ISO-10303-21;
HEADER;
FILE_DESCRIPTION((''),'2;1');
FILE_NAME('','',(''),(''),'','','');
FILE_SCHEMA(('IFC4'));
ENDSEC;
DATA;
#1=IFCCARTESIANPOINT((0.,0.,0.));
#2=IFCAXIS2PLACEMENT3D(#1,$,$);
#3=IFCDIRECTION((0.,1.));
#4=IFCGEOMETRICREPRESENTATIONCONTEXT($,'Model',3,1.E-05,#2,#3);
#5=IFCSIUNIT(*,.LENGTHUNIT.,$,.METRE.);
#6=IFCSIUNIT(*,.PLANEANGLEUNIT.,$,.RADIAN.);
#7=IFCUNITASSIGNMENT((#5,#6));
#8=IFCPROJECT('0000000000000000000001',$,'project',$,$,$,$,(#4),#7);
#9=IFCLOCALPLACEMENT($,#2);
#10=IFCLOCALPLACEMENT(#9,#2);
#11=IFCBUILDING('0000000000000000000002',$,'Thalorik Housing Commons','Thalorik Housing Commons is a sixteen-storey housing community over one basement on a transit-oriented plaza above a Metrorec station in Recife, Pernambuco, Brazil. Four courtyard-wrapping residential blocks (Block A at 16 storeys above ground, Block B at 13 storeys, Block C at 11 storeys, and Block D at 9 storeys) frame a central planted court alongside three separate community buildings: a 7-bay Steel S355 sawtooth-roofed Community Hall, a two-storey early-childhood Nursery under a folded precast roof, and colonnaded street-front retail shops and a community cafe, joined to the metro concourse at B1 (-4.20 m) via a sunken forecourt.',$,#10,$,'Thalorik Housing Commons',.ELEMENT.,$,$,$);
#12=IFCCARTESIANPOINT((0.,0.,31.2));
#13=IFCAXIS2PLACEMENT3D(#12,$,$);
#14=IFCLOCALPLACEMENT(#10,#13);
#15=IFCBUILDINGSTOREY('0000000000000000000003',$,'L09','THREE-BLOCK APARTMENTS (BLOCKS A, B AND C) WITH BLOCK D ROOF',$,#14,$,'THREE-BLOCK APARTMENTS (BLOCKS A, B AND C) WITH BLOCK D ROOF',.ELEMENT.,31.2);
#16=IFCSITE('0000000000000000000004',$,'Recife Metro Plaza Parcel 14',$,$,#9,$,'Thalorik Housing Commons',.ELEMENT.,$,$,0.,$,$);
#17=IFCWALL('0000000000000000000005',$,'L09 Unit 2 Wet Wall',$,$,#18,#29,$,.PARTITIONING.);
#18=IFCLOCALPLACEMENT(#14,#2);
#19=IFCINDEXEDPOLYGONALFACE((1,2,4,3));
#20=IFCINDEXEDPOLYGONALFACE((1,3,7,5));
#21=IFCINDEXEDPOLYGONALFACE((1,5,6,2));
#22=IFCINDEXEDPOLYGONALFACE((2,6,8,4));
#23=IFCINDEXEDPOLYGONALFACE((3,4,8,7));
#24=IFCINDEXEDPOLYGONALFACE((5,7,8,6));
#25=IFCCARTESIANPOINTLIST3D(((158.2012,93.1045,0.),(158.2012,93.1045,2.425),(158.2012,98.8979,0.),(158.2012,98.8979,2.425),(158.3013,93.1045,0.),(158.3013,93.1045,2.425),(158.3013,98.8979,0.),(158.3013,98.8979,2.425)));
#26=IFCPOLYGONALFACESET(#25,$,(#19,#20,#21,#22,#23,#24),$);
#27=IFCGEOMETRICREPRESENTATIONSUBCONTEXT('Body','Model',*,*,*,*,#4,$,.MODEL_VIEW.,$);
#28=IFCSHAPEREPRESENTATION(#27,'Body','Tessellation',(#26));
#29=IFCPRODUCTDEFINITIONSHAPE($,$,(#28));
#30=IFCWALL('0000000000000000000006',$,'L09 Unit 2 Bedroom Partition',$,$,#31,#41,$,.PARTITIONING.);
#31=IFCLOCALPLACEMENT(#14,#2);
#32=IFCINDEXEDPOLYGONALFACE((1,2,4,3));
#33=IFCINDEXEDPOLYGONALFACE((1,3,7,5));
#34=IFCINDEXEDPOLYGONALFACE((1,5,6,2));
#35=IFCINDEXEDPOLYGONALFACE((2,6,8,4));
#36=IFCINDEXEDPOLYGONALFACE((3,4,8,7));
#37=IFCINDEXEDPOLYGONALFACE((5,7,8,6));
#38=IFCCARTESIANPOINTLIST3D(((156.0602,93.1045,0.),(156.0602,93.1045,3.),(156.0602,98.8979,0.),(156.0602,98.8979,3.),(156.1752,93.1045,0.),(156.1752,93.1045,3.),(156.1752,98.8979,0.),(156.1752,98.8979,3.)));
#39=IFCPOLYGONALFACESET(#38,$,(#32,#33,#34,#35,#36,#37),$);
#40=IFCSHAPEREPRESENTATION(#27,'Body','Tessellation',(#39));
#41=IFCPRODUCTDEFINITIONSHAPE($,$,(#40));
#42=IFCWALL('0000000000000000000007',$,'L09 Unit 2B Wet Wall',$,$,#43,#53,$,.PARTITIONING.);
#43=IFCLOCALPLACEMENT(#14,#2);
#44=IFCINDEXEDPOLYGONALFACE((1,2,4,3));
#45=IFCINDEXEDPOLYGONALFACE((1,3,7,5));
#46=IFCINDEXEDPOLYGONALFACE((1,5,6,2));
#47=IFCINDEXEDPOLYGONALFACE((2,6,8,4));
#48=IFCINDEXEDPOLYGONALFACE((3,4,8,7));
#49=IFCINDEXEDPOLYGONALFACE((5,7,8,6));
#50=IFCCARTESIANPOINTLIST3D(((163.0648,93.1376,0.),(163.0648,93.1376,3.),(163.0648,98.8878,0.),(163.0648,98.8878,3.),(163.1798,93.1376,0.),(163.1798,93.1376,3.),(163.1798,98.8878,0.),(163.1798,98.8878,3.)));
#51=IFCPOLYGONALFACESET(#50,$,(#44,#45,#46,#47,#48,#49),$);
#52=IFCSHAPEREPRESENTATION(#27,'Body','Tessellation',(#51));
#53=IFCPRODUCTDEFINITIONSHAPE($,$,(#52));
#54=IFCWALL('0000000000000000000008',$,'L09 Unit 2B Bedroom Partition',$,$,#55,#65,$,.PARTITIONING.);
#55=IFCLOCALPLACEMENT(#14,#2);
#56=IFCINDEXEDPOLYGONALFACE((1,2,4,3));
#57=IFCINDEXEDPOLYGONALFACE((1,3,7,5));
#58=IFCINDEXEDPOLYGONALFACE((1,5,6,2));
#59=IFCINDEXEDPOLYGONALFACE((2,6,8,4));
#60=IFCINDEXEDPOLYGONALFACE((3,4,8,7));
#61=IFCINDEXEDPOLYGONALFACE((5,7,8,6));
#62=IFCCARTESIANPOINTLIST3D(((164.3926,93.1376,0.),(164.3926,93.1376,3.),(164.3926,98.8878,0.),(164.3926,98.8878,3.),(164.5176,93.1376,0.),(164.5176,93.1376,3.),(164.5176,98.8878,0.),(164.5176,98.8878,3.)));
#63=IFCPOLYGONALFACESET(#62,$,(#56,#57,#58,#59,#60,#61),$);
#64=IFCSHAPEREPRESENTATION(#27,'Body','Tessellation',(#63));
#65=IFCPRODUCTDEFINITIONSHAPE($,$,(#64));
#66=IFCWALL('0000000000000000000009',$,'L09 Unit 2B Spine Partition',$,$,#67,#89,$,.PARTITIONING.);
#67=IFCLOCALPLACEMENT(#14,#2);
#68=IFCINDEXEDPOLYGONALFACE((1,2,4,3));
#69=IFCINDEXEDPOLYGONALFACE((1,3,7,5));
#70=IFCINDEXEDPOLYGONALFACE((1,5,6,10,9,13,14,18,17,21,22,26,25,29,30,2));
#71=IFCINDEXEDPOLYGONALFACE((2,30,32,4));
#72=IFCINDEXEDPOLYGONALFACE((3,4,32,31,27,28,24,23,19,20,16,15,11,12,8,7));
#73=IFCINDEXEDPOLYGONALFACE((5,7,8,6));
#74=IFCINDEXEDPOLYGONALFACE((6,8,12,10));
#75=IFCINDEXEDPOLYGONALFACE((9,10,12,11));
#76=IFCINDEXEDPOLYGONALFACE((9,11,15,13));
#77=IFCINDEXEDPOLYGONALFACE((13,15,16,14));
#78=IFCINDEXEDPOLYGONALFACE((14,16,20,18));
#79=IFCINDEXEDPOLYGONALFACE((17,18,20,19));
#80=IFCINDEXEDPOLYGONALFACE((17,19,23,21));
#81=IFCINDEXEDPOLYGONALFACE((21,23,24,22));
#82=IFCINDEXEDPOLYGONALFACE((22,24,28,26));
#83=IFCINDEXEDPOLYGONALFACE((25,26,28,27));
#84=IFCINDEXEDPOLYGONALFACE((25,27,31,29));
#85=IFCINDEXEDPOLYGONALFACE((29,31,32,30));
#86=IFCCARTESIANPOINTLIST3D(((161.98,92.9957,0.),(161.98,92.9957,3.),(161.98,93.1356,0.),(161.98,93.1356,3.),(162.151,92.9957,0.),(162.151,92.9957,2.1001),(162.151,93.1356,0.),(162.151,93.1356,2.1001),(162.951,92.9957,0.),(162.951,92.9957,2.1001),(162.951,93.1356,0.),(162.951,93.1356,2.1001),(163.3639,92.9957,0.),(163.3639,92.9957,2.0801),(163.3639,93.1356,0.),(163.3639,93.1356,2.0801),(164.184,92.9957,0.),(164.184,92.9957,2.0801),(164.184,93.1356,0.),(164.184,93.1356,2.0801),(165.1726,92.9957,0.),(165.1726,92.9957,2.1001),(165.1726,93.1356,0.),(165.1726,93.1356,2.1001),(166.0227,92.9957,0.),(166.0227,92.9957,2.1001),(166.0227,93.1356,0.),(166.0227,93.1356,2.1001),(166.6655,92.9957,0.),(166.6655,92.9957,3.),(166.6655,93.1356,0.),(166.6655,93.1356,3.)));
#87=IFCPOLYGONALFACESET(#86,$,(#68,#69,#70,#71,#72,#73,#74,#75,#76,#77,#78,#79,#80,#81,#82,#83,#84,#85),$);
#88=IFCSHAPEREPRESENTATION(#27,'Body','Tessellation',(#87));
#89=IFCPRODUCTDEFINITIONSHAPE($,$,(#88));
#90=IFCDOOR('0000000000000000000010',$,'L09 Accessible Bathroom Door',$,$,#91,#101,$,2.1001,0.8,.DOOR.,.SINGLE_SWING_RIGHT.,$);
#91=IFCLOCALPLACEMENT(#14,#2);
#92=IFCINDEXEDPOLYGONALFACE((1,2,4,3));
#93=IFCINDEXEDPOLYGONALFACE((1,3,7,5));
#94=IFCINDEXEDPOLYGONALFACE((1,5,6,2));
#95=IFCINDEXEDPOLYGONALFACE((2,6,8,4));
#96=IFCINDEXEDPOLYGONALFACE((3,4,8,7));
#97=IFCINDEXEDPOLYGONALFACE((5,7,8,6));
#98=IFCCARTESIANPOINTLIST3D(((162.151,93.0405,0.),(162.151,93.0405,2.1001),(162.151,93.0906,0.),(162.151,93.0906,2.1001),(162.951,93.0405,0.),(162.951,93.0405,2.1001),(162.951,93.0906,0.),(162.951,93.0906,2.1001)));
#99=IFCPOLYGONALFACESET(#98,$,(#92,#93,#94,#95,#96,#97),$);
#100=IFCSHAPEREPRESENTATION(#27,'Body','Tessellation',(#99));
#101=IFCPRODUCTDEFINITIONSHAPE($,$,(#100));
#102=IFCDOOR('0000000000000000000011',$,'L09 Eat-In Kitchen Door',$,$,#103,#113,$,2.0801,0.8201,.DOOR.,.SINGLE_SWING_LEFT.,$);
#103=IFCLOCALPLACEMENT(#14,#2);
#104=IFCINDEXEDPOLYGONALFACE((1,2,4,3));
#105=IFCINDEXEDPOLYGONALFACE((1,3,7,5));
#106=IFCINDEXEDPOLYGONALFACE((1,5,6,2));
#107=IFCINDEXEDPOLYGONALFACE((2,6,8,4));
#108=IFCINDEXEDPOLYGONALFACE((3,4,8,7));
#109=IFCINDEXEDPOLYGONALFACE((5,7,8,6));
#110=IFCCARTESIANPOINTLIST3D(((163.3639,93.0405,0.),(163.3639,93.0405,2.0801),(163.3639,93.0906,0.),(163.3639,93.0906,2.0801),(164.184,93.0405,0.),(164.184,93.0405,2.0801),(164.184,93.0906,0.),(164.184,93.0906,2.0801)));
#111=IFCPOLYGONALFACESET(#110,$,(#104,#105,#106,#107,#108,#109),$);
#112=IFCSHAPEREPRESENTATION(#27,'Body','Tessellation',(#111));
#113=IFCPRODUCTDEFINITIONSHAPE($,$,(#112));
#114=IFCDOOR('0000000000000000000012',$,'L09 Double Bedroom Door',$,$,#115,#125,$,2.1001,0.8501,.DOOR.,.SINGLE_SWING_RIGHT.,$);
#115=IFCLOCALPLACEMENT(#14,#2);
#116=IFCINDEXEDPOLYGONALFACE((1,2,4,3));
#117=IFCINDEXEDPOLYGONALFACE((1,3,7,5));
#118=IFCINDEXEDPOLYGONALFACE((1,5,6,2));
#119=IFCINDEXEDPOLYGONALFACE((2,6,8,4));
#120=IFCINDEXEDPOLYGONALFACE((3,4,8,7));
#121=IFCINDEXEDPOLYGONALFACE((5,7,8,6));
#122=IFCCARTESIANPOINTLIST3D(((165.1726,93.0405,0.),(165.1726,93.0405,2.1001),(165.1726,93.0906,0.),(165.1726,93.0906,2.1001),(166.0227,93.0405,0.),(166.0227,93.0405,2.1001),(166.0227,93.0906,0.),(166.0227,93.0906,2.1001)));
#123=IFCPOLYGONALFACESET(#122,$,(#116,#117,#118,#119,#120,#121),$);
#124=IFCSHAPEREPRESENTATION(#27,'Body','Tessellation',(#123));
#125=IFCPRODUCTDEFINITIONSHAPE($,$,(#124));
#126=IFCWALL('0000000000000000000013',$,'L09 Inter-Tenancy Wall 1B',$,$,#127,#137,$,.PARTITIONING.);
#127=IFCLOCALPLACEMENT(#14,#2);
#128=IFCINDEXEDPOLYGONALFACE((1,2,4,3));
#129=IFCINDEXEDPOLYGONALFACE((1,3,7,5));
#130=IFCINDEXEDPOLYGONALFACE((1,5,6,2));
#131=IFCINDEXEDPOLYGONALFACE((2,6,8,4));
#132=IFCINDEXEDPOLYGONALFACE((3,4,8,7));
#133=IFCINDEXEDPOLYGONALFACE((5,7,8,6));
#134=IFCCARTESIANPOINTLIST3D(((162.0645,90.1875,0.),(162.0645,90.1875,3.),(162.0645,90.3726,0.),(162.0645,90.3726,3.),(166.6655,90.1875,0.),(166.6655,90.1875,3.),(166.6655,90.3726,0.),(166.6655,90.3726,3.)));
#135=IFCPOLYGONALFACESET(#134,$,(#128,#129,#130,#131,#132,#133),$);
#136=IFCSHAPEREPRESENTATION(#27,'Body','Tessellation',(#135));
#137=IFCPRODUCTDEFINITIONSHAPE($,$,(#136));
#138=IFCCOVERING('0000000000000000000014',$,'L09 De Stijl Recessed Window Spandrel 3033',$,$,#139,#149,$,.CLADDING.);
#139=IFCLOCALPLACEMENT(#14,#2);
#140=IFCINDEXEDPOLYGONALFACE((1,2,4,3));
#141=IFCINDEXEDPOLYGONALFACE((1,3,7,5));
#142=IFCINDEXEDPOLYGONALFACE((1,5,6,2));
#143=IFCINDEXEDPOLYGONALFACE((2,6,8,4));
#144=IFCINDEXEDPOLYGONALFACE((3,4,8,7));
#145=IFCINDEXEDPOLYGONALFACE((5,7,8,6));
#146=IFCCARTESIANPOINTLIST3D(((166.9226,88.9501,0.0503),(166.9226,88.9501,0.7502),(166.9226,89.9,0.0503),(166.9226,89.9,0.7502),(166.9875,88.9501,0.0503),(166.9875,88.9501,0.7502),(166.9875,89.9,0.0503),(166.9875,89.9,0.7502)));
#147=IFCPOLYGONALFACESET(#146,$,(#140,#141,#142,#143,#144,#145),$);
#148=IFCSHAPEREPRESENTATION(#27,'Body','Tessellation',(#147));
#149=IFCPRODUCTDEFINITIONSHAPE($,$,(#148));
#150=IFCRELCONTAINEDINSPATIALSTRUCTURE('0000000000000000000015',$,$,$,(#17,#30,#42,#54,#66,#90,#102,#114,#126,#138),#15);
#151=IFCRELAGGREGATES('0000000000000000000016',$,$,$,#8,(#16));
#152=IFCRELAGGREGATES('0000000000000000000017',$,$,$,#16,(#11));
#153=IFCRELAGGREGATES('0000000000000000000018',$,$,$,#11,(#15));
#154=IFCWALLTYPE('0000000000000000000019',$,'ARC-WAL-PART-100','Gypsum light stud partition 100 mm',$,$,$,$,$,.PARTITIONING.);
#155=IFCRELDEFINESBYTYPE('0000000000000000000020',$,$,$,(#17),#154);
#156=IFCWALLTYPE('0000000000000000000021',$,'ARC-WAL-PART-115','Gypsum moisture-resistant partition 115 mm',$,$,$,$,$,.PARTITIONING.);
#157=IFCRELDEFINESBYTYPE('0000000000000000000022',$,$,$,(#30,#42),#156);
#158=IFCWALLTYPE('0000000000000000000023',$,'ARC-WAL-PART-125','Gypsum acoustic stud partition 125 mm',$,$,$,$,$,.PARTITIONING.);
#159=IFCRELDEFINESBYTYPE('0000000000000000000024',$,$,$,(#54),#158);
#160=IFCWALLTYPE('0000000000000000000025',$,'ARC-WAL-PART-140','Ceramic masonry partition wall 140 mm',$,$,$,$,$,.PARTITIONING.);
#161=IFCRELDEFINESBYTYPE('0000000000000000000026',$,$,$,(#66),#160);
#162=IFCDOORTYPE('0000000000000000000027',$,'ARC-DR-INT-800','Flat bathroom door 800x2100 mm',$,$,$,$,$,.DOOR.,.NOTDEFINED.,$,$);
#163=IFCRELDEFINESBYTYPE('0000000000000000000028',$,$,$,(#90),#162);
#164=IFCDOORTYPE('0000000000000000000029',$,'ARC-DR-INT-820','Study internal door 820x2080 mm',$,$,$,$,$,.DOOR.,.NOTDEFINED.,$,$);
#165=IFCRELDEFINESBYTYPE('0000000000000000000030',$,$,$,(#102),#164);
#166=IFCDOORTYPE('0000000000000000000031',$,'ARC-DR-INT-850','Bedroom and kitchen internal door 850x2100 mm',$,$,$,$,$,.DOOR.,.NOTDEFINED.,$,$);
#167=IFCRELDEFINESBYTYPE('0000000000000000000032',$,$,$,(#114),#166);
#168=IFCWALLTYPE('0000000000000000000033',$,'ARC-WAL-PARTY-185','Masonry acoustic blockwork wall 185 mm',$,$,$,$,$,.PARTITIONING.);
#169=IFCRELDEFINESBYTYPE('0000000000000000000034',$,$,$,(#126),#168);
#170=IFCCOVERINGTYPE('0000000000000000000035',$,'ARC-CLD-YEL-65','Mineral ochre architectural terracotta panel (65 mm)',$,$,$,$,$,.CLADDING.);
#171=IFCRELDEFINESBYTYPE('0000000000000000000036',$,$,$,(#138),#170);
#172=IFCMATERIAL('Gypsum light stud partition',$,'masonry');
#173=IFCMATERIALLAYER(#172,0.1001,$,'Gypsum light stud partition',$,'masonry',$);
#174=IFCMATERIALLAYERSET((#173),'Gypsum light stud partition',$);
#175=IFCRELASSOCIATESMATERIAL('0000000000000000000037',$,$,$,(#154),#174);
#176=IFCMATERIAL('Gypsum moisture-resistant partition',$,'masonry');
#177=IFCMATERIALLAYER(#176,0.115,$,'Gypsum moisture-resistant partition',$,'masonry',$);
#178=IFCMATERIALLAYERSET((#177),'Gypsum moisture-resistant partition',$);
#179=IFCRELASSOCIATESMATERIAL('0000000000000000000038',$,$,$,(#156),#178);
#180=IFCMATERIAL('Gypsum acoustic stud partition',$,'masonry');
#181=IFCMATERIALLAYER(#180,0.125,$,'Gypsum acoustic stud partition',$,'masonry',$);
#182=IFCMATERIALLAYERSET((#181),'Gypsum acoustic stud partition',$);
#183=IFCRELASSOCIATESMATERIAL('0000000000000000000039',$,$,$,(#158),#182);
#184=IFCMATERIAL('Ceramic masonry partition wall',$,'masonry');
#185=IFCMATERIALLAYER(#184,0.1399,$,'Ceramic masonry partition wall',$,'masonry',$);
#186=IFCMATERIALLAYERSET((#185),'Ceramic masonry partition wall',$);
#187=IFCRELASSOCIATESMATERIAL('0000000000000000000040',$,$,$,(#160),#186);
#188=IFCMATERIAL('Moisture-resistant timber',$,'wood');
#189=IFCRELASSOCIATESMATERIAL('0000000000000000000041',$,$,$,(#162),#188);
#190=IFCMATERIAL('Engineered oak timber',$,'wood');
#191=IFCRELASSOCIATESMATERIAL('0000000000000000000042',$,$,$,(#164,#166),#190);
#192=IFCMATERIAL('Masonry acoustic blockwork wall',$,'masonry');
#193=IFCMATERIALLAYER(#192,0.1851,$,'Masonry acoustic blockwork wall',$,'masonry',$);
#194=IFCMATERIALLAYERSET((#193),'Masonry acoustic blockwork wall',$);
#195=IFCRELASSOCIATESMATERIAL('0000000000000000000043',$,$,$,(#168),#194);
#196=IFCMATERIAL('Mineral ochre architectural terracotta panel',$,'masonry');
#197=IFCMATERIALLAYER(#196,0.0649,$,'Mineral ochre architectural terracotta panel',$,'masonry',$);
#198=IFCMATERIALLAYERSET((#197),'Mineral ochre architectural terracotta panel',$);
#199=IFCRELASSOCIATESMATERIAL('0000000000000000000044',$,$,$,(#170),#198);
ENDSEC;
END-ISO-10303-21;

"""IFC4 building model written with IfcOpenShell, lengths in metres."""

from ifc_helpers import new_model, si_unit, direction, frame, frame_2d, origin, origin_2d, place, context, subcontext, project, spatial, rectangle, extrude, material, layer, layer_set, type_object, element, fill, save


model = new_model("IFC4")

# Units and contexts
model_context = context("Model", 3, precision=1e-05, world=origin(), true_north=direction((0.0, 1.0)))
body_context = subcontext(model_context, "Body", "Model", "MODEL_VIEW")
ifc_project = project(units=[si_unit("LENGTHUNIT", "METRE"), si_unit("PLANEANGLEUNIT", "RADIAN")], contexts=[model_context])

# Site, building, storey
site_placement = place(None, origin())
site = spatial("IfcSite", under=ifc_project, at=site_placement, Name="Recife Metro Plaza Parcel 14", LongName="Thalorik Housing Commons", CompositionType="ELEMENT", RefElevation=0.0)
building_placement = place(site_placement, origin())
building = spatial("IfcBuilding", under=site, at=building_placement, Name="Thalorik Housing Commons", Description="Thalorik Housing Commons is a sixteen-storey housing community over one basement on a transit-oriented plaza above a Metrorec station in Recife, Pernambuco, Brazil. Four courtyard-wrapping residential blocks (Block A at 16 storeys above ground, Block B at 13 storeys, Block C at 11 storeys, and Block D at 9 storeys) frame a central planted court alongside three separate community buildings: a 7-bay Steel S355 sawtooth-roofed Community Hall, a two-storey early-childhood Nursery under a folded precast roof, and colonnaded street-front retail shops and a community cafe, joined to the metro concourse at B1 (-4.20 m) via a sunken forecourt.", LongName="Thalorik Housing Commons", CompositionType="ELEMENT")
storey_placement = place(building_placement, frame((0.0, 0.0, 31.2)))
storey = spatial("IfcBuildingStorey", under=building, at=storey_placement, Name="L09", Description="THREE-BLOCK APARTMENTS (BLOCKS A, B AND C) WITH BLOCK D ROOF", LongName="THREE-BLOCK APARTMENTS (BLOCKS A, B AND C) WITH BLOCK D ROOF", CompositionType="ELEMENT", Elevation=31.2)

# Walls
ifc_material_1 = material(Name="Gypsum light stud partition", Category="masonry")
ifc_layer_1 = layer(ifc_material_1, 0.1001, Name="Gypsum light stud partition", Category="masonry")
ifc_layer_set_1 = layer_set([ifc_layer_1], Name="Gypsum light stud partition")
wall_type_1 = type_object("IfcWallType", Name="ARC-WAL-PART-100", Description="Gypsum light stud partition 100 mm", PredefinedType="PARTITIONING", material=ifc_layer_set_1)
wall_1_placement = place(storey_placement, frame((158.2512, 93.1045, 0.0), z_axis=(0.0, 0.0, 1.0), x_axis=(0.0, 1.0, 0.0)))
element("IfcWall", 1, at=wall_1_placement, inside=storey, type_object=wall_type_1, Name="L09 Unit 2 Wet Wall", PredefinedType="PARTITIONING", context=body_context, shape_type="SweptSolid", body=[
    extrude(rectangle(XDim=5.7935, YDim=0.1001, at=frame_2d((2.8967, 0.0))), origin(), (0.0, 0.0, 1.0), 2.425),
])
ifc_material_2 = material(Name="Gypsum moisture-resistant partition", Category="masonry")
ifc_layer_2 = layer(ifc_material_2, 0.115, Name="Gypsum moisture-resistant partition", Category="masonry")
ifc_layer_set_2 = layer_set([ifc_layer_2], Name="Gypsum moisture-resistant partition")
wall_type_2 = type_object("IfcWallType", Name="ARC-WAL-PART-115", Description="Gypsum moisture-resistant partition 115 mm", PredefinedType="PARTITIONING", material=ifc_layer_set_2)
wall_2_placement = place(storey_placement, frame((156.1177, 93.1045, 0.0), z_axis=(0.0, 0.0, 1.0), x_axis=(0.0, 1.0, 0.0)))
element("IfcWall", 2, at=wall_2_placement, inside=storey, type_object=wall_type_2, Name="L09 Unit 2 Bedroom Partition", PredefinedType="PARTITIONING", context=body_context, shape_type="SweptSolid", body=[
    extrude(rectangle(XDim=5.7935, YDim=0.115, at=frame_2d((2.8967, 0.0))), origin(), (0.0, 0.0, 1.0), 3.0),
])
wall_3_placement = place(storey_placement, frame((163.1223, 93.1377, 0.0), z_axis=(0.0, 0.0, 1.0), x_axis=(0.0, 1.0, 0.0)))
element("IfcWall", 3, at=wall_3_placement, inside=storey, type_object=wall_type_2, Name="L09 Unit 2B Wet Wall", PredefinedType="PARTITIONING", context=body_context, shape_type="SweptSolid", body=[
    extrude(rectangle(XDim=5.7502, YDim=0.115, at=frame_2d((2.875, 0.0))), origin(), (0.0, 0.0, 1.0), 3.0),
])
ifc_material_3 = material(Name="Gypsum acoustic stud partition", Category="masonry")
ifc_layer_3 = layer(ifc_material_3, 0.125, Name="Gypsum acoustic stud partition", Category="masonry")
ifc_layer_set_3 = layer_set([ifc_layer_3], Name="Gypsum acoustic stud partition")
wall_type_3 = type_object("IfcWallType", Name="ARC-WAL-PART-125", Description="Gypsum acoustic stud partition 125 mm", PredefinedType="PARTITIONING", material=ifc_layer_set_3)
wall_4_placement = place(storey_placement, frame((164.4551, 93.1377, 0.0), z_axis=(0.0, 0.0, 1.0), x_axis=(0.0, 1.0, 0.0)))
element("IfcWall", 4, at=wall_4_placement, inside=storey, type_object=wall_type_3, Name="L09 Unit 2B Bedroom Partition", PredefinedType="PARTITIONING", context=body_context, shape_type="SweptSolid", body=[
    extrude(rectangle(XDim=5.7502, YDim=0.125, at=frame_2d((2.875, 0.0))), origin(), (0.0, 0.0, 1.0), 3.0),
])

# Wall, openings, doors
ifc_material_4 = material(Name="Ceramic masonry partition wall", Category="masonry")
ifc_layer_4 = layer(ifc_material_4, 0.1399, Name="Ceramic masonry partition wall", Category="masonry")
ifc_layer_set_4 = layer_set([ifc_layer_4], Name="Ceramic masonry partition wall")
wall_type_4 = type_object("IfcWallType", Name="ARC-WAL-PART-140", Description="Ceramic masonry partition wall 140 mm", PredefinedType="PARTITIONING", material=ifc_layer_set_4)
wall_5_placement = place(storey_placement, frame((161.98, 93.0657, 0.0), z_axis=(0.0, 0.0, 1.0), x_axis=(1.0, 0.0, 0.0)))
wall_5 = element("IfcWall", 5, at=wall_5_placement, inside=storey, type_object=wall_type_4, Name="L09 Unit 2B Spine Partition", PredefinedType="PARTITIONING", context=body_context, shape_type="SweptSolid", body=[
    extrude(rectangle(XDim=4.6855, YDim=0.1399, at=frame_2d((2.3428, 0.0))), origin(), (0.0, 0.0, 1.0), 3.0),
])
opening_1_placement = place(wall_5_placement, frame((0.1711, 0.0, 0.0)))
opening_1 = element("IfcOpeningElement", 6, at=opening_1_placement, cuts=wall_5, PredefinedType="OPENING", context=body_context, shape_type="SweptSolid", body=[
    extrude(rectangle(XDim=0.8, YDim=2.1001, at=frame_2d((0.3999, 1.05))), frame((0.0, 0.0801, 0.0), z_axis=(0.0, -1.0, 0.0), x_axis=(1.0, 0.0, 0.0)), (0.0, 0.0, 1.0), 0.1599),
])
opening_2_placement = place(wall_5_placement, frame((1.3838, 0.0, 0.0)))
opening_2 = element("IfcOpeningElement", 7, at=opening_2_placement, cuts=wall_5, PredefinedType="OPENING", context=body_context, shape_type="SweptSolid", body=[
    extrude(rectangle(XDim=0.8201, YDim=2.0801, at=frame_2d((0.4102, 1.04))), frame((0.0, 0.0801, 0.0), z_axis=(0.0, -1.0, 0.0), x_axis=(1.0, 0.0, 0.0)), (0.0, 0.0, 1.0), 0.1599),
])
opening_3_placement = place(wall_5_placement, frame((3.1926, 0.0, 0.0)))
opening_3 = element("IfcOpeningElement", 8, at=opening_3_placement, cuts=wall_5, PredefinedType="OPENING", context=body_context, shape_type="SweptSolid", body=[
    extrude(rectangle(XDim=0.8501, YDim=2.1001, at=frame_2d((0.425, 1.05))), frame((0.0, 0.0801, 0.0), z_axis=(0.0, -1.0, 0.0), x_axis=(1.0, 0.0, 0.0)), (0.0, 0.0, 1.0), 0.1599),
])
ifc_material_5 = material(Name="Moisture-resistant timber", Category="wood")
door_type_1 = type_object("IfcDoorType", Name="ARC-DR-INT-800", Description="Flat bathroom door 800x2100 mm", OperationType="NOTDEFINED", PredefinedType="DOOR", material=ifc_material_5)
door_1_placement = place(opening_1_placement, origin())
door_1 = element("IfcDoor", 9, at=door_1_placement, inside=storey, type_object=door_type_1, Name="L09 Accessible Bathroom Door", OperationType="SINGLE_SWING_RIGHT", OverallHeight=2.1001, OverallWidth=0.8, PredefinedType="DOOR", context=body_context, shape_type="SweptSolid", body=[
    extrude(rectangle(XDim=0.8, YDim=2.1001, at=frame_2d((0.3999, 1.05))), frame((0.0, 0.0249, 0.0), z_axis=(0.0, -1.0, 0.0), x_axis=(1.0, 0.0, 0.0)), (0.0, 0.0, 1.0), 0.05),
])
fill(opening_1, door_1)
ifc_material_6 = material(Name="Engineered oak timber", Category="wood")
door_type_2 = type_object("IfcDoorType", Name="ARC-DR-INT-820", Description="Study internal door 820x2080 mm", OperationType="NOTDEFINED", PredefinedType="DOOR", material=ifc_material_6)
door_2_placement = place(opening_2_placement, origin())
door_2 = element("IfcDoor", 10, at=door_2_placement, inside=storey, type_object=door_type_2, Name="L09 Eat-In Kitchen Door", OperationType="SINGLE_SWING_LEFT", OverallHeight=2.0801, OverallWidth=0.8201, PredefinedType="DOOR", context=body_context, shape_type="SweptSolid", body=[
    extrude(rectangle(XDim=0.8201, YDim=2.0801, at=frame_2d((0.4102, 1.04))), frame((0.0, 0.0249, 0.0), z_axis=(0.0, -1.0, 0.0), x_axis=(1.0, 0.0, 0.0)), (0.0, 0.0, 1.0), 0.05),
])
fill(opening_2, door_2)
door_type_3 = type_object("IfcDoorType", Name="ARC-DR-INT-850", Description="Bedroom and kitchen internal door 850x2100 mm", OperationType="NOTDEFINED", PredefinedType="DOOR", material=ifc_material_6)
door_3_placement = place(opening_3_placement, origin())
door_3 = element("IfcDoor", 11, at=door_3_placement, inside=storey, type_object=door_type_3, Name="L09 Double Bedroom Door", OperationType="SINGLE_SWING_RIGHT", OverallHeight=2.1001, OverallWidth=0.8501, PredefinedType="DOOR", context=body_context, shape_type="SweptSolid", body=[
    extrude(rectangle(XDim=0.8501, YDim=2.1001, at=frame_2d((0.425, 1.05))), frame((0.0, 0.0249, 0.0), z_axis=(0.0, -1.0, 0.0), x_axis=(1.0, 0.0, 0.0)), (0.0, 0.0, 1.0), 0.05),
])
fill(opening_3, door_3)

# Wall
ifc_material_7 = material(Name="Masonry acoustic blockwork wall", Category="masonry")
ifc_layer_5 = layer(ifc_material_7, 0.1851, Name="Masonry acoustic blockwork wall", Category="masonry")
ifc_layer_set_5 = layer_set([ifc_layer_5], Name="Masonry acoustic blockwork wall")
wall_type_5 = type_object("IfcWallType", Name="ARC-WAL-PARTY-185", Description="Masonry acoustic blockwork wall 185 mm", PredefinedType="PARTITIONING", material=ifc_layer_set_5)
wall_6_placement = place(storey_placement, frame((162.0645, 90.28, 0.0), z_axis=(0.0, 0.0, 1.0), x_axis=(1.0, 0.0, 0.0)))
element("IfcWall", 12, at=wall_6_placement, inside=storey, type_object=wall_type_5, Name="L09 Inter-Tenancy Wall 1B", PredefinedType="PARTITIONING", context=body_context, shape_type="SweptSolid", body=[
    extrude(rectangle(XDim=4.6011, YDim=0.1851, at=frame_2d((2.3005, 0.0))), origin(), (0.0, 0.0, 1.0), 3.0),
])

# Covering
ifc_material_8 = material(Name="Mineral ochre architectural terracotta panel", Category="masonry")
ifc_layer_6 = layer(ifc_material_8, 0.0649, Name="Mineral ochre architectural terracotta panel", Category="masonry")
ifc_layer_set_6 = layer_set([ifc_layer_6], Name="Mineral ochre architectural terracotta panel")
covering_type_1 = type_object("IfcCoveringType", Name="ARC-CLD-YEL-65", Description="Mineral ochre architectural terracotta panel (65 mm)", PredefinedType="CLADDING", material=ifc_layer_set_6)
covering_1_placement = place(storey_placement, frame((166.9551, 89.425, 0.0503), z_axis=(0.0, 0.0, 1.0), x_axis=(0.0, 1.0, 0.0)))
element("IfcCovering", 13, at=covering_1_placement, inside=storey, type_object=covering_type_1, Name="L09 De Stijl Recessed Window Spandrel 3033", PredefinedType="CLADDING", context=body_context, shape_type="SweptSolid", body=[
    extrude(rectangle(XDim=0.95, YDim=0.0649, at=origin_2d()), origin(), (0.0, 0.0, 1.0), 0.7),
])

save(model, "model.ifc")
